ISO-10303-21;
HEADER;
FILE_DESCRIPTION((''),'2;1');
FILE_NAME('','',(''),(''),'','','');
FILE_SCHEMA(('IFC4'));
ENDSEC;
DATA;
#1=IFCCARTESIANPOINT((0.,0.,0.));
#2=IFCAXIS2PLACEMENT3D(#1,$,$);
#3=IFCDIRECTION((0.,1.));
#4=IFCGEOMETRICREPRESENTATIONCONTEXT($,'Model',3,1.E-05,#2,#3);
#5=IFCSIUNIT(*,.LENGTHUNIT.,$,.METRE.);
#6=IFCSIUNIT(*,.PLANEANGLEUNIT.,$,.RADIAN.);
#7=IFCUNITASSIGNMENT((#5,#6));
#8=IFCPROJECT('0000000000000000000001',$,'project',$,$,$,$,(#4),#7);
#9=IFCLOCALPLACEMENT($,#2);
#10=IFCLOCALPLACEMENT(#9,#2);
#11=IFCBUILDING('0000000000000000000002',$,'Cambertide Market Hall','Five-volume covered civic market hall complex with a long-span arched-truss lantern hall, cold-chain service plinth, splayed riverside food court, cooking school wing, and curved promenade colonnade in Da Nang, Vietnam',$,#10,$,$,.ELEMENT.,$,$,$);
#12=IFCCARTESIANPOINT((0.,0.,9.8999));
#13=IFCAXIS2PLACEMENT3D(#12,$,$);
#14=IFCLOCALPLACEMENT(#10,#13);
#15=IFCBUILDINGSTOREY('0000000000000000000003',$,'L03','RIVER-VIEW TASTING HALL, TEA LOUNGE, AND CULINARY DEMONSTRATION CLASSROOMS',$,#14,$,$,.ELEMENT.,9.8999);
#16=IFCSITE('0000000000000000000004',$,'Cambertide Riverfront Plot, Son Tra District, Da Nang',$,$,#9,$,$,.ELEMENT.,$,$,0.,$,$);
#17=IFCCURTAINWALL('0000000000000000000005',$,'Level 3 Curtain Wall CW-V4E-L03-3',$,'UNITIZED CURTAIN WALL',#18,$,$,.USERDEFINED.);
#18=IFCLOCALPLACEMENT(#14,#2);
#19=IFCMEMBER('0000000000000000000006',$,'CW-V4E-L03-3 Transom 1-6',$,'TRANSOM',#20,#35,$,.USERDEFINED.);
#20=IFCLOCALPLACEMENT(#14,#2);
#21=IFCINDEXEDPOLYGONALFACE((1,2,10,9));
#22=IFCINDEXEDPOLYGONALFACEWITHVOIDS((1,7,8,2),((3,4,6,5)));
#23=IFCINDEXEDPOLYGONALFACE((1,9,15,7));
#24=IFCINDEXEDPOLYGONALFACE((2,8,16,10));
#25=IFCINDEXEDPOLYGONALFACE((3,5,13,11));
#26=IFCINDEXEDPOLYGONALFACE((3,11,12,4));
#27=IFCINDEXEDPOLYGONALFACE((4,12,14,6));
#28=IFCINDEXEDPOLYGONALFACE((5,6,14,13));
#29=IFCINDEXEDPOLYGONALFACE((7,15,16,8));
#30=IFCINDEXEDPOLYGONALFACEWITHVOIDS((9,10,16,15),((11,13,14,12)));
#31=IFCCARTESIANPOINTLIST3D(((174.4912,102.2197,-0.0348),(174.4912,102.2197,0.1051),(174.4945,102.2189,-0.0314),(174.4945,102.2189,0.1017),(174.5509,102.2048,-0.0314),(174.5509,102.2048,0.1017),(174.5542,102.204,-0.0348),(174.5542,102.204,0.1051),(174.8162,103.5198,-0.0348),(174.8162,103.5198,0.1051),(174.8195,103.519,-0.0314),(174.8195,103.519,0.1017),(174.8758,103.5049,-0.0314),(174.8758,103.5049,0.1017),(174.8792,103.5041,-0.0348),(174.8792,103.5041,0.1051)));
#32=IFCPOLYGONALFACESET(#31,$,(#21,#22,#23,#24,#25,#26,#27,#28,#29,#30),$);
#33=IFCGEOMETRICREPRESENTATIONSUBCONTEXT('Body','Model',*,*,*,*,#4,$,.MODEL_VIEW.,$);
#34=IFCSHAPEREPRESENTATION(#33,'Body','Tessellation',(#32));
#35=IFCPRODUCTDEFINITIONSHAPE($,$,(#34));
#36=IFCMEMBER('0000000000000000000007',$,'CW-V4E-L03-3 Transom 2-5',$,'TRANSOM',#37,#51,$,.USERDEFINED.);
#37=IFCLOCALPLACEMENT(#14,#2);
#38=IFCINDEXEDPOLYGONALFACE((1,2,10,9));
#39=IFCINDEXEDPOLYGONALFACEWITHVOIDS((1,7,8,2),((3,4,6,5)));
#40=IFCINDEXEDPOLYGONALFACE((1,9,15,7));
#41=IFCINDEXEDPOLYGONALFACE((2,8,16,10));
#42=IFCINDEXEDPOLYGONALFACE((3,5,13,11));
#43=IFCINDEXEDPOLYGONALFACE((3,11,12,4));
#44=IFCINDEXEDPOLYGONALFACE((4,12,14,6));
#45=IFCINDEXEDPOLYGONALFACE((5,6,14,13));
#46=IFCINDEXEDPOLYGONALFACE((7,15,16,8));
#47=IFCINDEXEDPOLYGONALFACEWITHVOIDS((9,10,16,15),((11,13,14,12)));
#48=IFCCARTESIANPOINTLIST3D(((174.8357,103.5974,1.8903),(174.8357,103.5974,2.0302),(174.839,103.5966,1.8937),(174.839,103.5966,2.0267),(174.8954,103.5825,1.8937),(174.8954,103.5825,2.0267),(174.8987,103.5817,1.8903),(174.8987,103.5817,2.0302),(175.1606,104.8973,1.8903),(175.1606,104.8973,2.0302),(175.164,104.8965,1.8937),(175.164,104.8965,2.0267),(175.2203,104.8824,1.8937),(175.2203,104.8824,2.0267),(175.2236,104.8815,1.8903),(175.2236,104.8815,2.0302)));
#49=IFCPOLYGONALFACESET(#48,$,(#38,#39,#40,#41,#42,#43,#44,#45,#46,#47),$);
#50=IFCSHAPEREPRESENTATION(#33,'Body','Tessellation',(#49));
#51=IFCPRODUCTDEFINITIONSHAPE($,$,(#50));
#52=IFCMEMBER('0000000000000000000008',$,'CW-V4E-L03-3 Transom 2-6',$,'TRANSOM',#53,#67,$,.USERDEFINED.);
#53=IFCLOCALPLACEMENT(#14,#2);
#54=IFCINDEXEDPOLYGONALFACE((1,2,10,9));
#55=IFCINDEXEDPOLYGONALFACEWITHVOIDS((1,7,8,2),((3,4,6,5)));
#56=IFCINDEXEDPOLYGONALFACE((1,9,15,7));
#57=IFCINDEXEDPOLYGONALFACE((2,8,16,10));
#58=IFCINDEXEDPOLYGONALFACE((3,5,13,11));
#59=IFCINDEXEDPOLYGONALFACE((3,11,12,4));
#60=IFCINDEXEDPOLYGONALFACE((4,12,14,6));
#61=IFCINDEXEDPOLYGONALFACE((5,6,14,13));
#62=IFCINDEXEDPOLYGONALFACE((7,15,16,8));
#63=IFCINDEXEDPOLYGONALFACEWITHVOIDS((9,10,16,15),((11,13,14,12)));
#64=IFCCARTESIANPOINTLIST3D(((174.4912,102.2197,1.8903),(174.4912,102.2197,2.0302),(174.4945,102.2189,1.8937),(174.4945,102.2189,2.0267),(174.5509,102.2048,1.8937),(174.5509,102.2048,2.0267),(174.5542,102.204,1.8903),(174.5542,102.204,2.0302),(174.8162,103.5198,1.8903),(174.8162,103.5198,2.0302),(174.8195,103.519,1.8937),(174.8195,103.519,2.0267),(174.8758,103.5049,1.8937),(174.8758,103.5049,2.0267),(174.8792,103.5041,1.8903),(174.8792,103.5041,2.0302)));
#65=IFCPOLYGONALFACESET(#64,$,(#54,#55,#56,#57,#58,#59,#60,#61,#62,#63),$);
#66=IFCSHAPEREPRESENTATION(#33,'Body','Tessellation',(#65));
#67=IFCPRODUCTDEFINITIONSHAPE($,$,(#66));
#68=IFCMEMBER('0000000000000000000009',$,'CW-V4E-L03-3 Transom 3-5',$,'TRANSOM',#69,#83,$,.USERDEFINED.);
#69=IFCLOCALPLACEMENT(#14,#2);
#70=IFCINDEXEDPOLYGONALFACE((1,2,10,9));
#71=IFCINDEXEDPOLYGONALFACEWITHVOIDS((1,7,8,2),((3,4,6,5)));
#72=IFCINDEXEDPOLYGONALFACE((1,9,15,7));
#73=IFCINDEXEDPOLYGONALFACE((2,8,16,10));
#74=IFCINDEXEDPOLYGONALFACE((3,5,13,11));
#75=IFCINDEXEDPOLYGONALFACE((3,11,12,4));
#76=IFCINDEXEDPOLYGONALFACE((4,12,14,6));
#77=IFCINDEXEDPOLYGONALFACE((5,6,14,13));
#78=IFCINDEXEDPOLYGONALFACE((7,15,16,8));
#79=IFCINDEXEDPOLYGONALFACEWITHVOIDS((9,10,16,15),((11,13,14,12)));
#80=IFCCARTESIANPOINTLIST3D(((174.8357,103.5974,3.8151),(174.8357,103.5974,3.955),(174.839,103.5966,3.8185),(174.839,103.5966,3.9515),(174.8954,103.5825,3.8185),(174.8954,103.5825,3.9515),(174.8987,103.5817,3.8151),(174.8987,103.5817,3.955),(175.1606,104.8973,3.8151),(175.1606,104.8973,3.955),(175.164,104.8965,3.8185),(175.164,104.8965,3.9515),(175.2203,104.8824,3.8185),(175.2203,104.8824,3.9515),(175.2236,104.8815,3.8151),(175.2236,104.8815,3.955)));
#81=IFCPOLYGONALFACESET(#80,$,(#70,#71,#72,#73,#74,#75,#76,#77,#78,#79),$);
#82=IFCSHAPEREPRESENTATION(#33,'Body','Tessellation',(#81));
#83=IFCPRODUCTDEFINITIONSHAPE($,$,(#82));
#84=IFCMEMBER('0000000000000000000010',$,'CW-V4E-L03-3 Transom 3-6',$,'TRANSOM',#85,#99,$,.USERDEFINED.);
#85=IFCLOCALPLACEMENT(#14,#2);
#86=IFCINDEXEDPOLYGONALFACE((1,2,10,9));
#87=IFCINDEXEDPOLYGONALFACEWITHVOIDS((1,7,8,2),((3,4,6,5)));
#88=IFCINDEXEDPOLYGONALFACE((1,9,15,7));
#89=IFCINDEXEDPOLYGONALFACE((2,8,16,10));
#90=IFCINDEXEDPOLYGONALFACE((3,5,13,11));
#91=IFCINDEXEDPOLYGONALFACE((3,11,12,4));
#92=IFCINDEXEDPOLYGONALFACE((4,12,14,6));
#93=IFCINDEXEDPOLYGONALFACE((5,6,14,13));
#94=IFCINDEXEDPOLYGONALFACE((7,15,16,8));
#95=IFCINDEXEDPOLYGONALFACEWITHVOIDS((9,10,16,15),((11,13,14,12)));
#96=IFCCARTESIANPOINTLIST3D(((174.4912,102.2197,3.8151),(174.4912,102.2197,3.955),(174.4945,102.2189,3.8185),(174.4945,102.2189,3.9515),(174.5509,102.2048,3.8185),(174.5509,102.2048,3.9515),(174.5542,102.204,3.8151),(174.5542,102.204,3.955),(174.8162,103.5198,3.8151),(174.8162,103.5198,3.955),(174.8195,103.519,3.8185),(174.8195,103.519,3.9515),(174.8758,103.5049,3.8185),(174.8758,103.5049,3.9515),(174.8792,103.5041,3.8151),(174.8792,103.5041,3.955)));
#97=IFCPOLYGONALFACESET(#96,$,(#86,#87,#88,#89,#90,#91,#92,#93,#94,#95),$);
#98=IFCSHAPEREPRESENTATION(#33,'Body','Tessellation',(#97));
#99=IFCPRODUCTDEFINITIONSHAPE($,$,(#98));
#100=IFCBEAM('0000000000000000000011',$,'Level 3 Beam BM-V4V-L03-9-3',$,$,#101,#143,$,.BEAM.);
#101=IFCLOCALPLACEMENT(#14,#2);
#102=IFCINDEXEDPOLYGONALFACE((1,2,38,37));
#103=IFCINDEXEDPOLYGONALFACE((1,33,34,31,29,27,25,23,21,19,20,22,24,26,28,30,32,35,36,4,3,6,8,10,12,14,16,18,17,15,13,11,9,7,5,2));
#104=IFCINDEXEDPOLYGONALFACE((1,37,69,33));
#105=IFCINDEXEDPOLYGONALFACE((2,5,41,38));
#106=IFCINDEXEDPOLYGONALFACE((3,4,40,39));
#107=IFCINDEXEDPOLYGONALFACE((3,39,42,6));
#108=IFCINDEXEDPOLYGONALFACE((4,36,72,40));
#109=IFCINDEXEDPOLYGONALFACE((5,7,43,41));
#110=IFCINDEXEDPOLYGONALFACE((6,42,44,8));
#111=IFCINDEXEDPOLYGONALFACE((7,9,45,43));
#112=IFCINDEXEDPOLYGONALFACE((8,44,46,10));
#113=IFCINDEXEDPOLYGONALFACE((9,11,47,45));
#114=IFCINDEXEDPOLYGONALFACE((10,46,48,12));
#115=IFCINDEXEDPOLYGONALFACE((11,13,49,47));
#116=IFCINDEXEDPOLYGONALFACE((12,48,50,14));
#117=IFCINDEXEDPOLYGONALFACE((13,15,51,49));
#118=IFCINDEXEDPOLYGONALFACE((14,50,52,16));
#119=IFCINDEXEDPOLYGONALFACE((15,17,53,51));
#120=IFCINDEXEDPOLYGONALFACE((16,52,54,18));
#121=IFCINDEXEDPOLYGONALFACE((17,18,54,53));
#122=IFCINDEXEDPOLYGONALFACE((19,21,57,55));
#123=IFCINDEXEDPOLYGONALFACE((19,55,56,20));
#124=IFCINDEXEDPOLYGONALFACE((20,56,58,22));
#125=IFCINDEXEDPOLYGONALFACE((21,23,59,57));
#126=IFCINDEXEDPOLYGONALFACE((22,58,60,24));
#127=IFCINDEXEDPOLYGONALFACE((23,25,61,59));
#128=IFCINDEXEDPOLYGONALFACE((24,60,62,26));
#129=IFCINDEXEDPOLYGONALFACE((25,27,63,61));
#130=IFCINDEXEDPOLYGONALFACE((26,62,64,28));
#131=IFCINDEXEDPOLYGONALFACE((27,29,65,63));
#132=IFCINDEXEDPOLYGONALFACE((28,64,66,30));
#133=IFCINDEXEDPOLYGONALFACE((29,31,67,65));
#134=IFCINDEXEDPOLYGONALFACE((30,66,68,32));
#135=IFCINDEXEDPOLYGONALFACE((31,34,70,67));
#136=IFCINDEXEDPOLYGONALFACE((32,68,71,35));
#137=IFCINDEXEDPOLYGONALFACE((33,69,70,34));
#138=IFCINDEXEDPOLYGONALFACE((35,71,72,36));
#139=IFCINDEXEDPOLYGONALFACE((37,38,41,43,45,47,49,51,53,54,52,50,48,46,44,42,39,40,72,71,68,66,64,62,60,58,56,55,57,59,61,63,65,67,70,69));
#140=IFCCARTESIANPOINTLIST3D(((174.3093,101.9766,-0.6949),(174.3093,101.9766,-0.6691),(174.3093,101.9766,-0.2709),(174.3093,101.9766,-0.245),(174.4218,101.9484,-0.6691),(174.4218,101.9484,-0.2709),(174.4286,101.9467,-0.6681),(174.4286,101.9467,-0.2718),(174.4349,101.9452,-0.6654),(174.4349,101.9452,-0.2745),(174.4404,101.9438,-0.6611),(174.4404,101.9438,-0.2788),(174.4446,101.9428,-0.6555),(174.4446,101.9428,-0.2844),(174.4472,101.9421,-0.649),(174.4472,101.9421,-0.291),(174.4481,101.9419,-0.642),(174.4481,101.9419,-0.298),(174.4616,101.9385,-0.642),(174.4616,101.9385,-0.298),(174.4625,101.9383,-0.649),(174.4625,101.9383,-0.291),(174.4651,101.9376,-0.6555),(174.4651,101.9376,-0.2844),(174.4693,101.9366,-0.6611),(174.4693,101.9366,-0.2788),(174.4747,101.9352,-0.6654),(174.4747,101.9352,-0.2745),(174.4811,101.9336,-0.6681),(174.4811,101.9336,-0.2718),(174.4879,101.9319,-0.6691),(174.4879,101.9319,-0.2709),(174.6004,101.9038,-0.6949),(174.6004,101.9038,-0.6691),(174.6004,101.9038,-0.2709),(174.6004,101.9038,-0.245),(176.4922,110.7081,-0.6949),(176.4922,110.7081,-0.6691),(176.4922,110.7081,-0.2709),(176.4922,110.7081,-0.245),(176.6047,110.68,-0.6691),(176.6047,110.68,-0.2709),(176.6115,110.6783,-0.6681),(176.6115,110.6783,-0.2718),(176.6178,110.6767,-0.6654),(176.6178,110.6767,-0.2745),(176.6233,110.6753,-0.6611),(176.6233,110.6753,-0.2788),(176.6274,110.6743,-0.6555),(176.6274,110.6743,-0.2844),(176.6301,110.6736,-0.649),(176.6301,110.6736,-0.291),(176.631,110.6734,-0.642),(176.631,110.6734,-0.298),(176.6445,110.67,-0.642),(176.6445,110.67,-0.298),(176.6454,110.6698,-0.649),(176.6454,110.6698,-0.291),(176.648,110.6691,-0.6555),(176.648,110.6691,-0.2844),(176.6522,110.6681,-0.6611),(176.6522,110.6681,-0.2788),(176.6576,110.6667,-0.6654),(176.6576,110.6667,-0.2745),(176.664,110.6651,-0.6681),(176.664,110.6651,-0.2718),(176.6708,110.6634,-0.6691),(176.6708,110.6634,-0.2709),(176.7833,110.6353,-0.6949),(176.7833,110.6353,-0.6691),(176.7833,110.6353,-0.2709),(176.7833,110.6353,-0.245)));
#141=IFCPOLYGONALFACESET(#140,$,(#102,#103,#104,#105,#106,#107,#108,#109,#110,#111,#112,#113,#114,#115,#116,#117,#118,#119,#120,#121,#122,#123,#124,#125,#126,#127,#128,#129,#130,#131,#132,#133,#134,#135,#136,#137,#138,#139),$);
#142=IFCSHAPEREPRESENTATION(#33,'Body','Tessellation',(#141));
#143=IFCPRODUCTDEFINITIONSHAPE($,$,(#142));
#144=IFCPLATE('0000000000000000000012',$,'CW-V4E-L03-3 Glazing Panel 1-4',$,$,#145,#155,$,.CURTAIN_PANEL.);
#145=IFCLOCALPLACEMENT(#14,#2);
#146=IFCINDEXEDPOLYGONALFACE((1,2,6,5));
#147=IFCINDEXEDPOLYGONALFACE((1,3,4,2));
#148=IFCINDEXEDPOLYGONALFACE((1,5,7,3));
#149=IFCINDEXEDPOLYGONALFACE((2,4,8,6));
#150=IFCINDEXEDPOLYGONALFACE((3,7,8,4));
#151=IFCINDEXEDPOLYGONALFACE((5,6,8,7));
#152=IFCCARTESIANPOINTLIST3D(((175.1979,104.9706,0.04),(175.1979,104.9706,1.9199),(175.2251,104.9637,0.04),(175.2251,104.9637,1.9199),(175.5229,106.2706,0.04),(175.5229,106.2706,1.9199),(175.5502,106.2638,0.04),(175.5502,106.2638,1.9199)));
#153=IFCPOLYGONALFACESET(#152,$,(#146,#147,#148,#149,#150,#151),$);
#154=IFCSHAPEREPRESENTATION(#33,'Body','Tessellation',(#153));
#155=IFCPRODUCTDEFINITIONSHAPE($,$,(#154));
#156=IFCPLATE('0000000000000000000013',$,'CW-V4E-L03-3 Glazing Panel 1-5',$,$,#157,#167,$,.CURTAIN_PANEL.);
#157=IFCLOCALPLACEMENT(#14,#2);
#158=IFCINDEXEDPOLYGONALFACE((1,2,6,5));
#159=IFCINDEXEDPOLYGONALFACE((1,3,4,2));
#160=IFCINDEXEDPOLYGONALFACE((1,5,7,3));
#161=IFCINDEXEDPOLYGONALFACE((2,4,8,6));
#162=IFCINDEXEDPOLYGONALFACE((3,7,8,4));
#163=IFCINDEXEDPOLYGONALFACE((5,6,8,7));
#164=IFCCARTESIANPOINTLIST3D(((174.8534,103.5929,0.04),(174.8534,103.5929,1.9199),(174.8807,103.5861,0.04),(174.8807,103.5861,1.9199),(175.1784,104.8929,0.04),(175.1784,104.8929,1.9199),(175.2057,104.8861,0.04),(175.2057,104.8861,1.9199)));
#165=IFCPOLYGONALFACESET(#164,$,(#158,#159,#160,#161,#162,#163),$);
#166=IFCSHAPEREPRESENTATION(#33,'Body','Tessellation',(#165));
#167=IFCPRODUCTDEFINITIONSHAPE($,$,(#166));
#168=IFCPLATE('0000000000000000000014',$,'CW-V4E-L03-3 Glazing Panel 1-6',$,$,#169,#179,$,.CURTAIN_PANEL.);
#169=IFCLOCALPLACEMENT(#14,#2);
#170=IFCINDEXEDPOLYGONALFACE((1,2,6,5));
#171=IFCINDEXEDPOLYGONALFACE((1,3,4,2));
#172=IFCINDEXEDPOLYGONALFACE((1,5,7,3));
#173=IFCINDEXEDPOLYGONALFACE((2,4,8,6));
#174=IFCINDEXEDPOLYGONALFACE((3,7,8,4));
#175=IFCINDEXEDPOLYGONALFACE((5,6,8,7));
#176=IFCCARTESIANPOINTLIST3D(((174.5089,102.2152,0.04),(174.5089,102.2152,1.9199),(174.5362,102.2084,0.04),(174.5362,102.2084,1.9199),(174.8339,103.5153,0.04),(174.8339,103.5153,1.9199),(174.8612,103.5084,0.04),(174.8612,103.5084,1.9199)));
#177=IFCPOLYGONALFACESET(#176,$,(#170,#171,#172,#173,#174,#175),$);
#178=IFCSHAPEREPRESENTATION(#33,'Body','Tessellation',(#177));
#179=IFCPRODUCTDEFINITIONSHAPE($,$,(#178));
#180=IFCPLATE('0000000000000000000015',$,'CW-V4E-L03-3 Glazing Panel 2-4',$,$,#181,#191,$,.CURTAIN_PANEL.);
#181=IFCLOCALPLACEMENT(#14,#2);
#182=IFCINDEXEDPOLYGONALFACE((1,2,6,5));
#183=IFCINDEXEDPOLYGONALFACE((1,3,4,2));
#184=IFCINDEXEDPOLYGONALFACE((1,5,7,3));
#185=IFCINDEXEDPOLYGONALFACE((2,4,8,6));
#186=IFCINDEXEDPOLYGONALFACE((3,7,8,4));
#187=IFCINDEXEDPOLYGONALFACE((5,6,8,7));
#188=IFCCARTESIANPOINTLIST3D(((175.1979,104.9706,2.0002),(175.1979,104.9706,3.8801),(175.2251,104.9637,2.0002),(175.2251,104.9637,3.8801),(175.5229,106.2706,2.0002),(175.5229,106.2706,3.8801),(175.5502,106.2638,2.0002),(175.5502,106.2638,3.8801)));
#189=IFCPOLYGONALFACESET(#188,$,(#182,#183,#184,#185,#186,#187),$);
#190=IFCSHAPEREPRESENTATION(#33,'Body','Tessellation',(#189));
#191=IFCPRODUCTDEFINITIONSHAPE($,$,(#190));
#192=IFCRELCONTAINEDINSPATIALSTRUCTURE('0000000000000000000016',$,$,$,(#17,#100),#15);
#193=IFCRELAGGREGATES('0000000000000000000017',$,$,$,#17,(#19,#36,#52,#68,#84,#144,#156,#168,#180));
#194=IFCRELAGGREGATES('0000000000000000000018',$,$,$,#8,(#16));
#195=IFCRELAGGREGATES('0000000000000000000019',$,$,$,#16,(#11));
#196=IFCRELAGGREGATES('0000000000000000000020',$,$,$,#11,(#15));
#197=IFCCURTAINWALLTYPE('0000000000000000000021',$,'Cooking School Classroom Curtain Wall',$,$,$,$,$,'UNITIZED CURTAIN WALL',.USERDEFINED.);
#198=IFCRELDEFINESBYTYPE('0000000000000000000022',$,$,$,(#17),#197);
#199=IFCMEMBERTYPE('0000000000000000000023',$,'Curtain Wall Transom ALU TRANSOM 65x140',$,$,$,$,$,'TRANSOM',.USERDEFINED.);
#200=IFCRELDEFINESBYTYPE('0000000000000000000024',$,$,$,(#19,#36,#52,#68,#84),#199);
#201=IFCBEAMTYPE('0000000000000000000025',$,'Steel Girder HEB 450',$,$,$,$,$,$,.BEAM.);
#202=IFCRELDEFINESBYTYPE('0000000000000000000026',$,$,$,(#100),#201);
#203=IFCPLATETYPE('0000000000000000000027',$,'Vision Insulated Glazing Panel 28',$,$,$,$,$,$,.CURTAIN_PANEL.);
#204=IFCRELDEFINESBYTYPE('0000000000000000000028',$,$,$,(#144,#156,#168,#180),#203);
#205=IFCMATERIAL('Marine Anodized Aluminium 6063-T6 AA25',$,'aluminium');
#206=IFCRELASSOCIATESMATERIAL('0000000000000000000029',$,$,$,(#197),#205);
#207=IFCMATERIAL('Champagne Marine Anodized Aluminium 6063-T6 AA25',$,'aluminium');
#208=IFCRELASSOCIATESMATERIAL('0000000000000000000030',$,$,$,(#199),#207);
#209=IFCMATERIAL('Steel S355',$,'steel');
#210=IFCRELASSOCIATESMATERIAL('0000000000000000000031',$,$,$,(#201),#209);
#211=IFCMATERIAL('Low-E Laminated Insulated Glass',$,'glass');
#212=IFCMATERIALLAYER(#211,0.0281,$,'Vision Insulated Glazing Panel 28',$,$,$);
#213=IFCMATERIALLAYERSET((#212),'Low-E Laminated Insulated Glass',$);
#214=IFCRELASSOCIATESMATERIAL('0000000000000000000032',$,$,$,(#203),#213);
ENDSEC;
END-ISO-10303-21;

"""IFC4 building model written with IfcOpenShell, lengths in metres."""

from ifc_helpers import new_model, si_unit, direction, frame, origin, origin_2d, place, context, subcontext, project, spatial, rectangle, hollow_rectangle, i_section, extrude, material, layer, layer_set, material_profile, profile_set, type_object, element, aggregate, save


model = new_model("IFC4")

# Units and contexts
model_context = context("Model", 3, precision=1e-05, world=origin(), true_north=direction((0.0, 1.0)))
body_context = subcontext(model_context, "Body", "Model", "MODEL_VIEW")
ifc_project = project(units=[si_unit("LENGTHUNIT", "METRE"), si_unit("PLANEANGLEUNIT", "RADIAN")], contexts=[model_context])

# Site, building, storey
site_placement = place(None, origin())
site = spatial("IfcSite", under=ifc_project, at=site_placement, Name="Cambertide Riverfront Plot, Son Tra District, Da Nang", CompositionType="ELEMENT", RefElevation=0.0)
building_placement = place(site_placement, origin())
building = spatial("IfcBuilding", under=site, at=building_placement, Name="Cambertide Market Hall", Description="Five-volume covered civic market hall complex with a long-span arched-truss lantern hall, cold-chain service plinth, splayed riverside food court, cooking school wing, and curved promenade colonnade in Da Nang, Vietnam", CompositionType="ELEMENT")
storey_placement = place(building_placement, frame((0.0, 0.0, 9.8999)))
storey = spatial("IfcBuildingStorey", under=building, at=storey_placement, Name="L03", Description="RIVER-VIEW TASTING HALL, TEA LOUNGE, AND CULINARY DEMONSTRATION CLASSROOMS", CompositionType="ELEMENT", Elevation=9.8999)

# Shared definitions
ifc_material_1 = material(Name="Marine Anodized Aluminium 6063-T6 AA25", Category="aluminium")
curtain_wall_type = type_object("IfcCurtainWallType", Name="Cooking School Classroom Curtain Wall", ElementType="UNITIZED CURTAIN WALL", PredefinedType="USERDEFINED", material=ifc_material_1)

# Curtain wall
curtain_wall_1_placement = place(storey_placement, origin())
curtain_wall_1 = element("IfcCurtainWall", 1, at=curtain_wall_1_placement, inside=storey, type_object=curtain_wall_type, Name="Level 3 Curtain Wall CW-V4E-L03-3", ObjectType="UNITIZED CURTAIN WALL", PredefinedType="USERDEFINED")

# Members
ifc_material_2 = material(Name="Champagne Marine Anodized Aluminium 6063-T6 AA25", Category="aluminium")
ifc_material_profile_1 = material_profile(ifc_material_2, hollow_rectangle(XDim=0.0649, YDim=0.1399, WallThickness=0.0034, at=origin_2d()), Name="ALU TRANSOM 65x140")
ifc_profile_set_1 = profile_set([ifc_material_profile_1], Name="Champagne Marine Anodized Aluminium 6063-T6 AA25")
member_type_1 = type_object("IfcMemberType", Name="Curtain Wall Transom ALU TRANSOM 65x140", ElementType="TRANSOM", PredefinedType="USERDEFINED", material=ifc_profile_set_1)
member_1_placement = place(storey_placement, frame((174.8477, 103.512, 0.0352), z_axis=(-0.242493, -0.970153, 0.0), x_axis=(0.970153, -0.242493, 0.0)))
member_1 = element("IfcMember", 2, at=member_1_placement, type_object=member_type_1, Name="CW-V4E-L03-3 Transom 1-6", ObjectType="TRANSOM", PredefinedType="USERDEFINED", context=body_context, shape_type="SweptSolid", body=[
    extrude(hollow_rectangle(XDim=0.0649, YDim=0.1399, WallThickness=0.0034, at=origin_2d()), origin(), (0.0, 0.0, 1.0), 1.3401),
])
member_2_placement = place(storey_placement, frame((175.1921, 104.8894, 1.9602), z_axis=(-0.242536, -0.970143, 0.0), x_axis=(0.970143, -0.242536, 0.0)))
member_2 = element("IfcMember", 3, at=member_2_placement, type_object=member_type_1, Name="CW-V4E-L03-3 Transom 2-5", ObjectType="TRANSOM", PredefinedType="USERDEFINED", context=body_context, shape_type="SweptSolid", body=[
    extrude(hollow_rectangle(XDim=0.0649, YDim=0.1399, WallThickness=0.0034, at=origin_2d()), origin(), (0.0, 0.0, 1.0), 1.3398),
])
member_3_placement = place(storey_placement, frame((174.8477, 103.512, 1.9602), z_axis=(-0.242493, -0.970153, 0.0), x_axis=(0.970153, -0.242493, 0.0)))
member_3 = element("IfcMember", 4, at=member_3_placement, type_object=member_type_1, Name="CW-V4E-L03-3 Transom 2-6", ObjectType="TRANSOM", PredefinedType="USERDEFINED", context=body_context, shape_type="SweptSolid", body=[
    extrude(hollow_rectangle(XDim=0.0649, YDim=0.1399, WallThickness=0.0034, at=origin_2d()), origin(), (0.0, 0.0, 1.0), 1.3401),
])
member_4_placement = place(storey_placement, frame((175.1921, 104.8894, 3.885), z_axis=(-0.242536, -0.970143, 0.0), x_axis=(0.970143, -0.242536, 0.0)))
member_4 = element("IfcMember", 5, at=member_4_placement, type_object=member_type_1, Name="CW-V4E-L03-3 Transom 3-5", ObjectType="TRANSOM", PredefinedType="USERDEFINED", context=body_context, shape_type="SweptSolid", body=[
    extrude(hollow_rectangle(XDim=0.0649, YDim=0.1399, WallThickness=0.0034, at=origin_2d()), origin(), (0.0, 0.0, 1.0), 1.3398),
])
member_5_placement = place(storey_placement, frame((174.8477, 103.512, 3.885), z_axis=(-0.242493, -0.970153, 0.0), x_axis=(0.970153, -0.242493, 0.0)))
member_5 = element("IfcMember", 6, at=member_5_placement, type_object=member_type_1, Name="CW-V4E-L03-3 Transom 3-6", ObjectType="TRANSOM", PredefinedType="USERDEFINED", context=body_context, shape_type="SweptSolid", body=[
    extrude(hollow_rectangle(XDim=0.0649, YDim=0.1399, WallThickness=0.0034, at=origin_2d()), origin(), (0.0, 0.0, 1.0), 1.3401),
])

# Beam
ifc_material_3 = material(Name="Steel S355", Category="steel")
ifc_material_profile_2 = material_profile(ifc_material_3, i_section(OverallWidth=0.3, OverallDepth=0.45, WebThickness=0.0139, FlangeThickness=0.0259, FilletRadius=0.0271, at=origin_2d()), Name="HEB 450")
ifc_profile_set_2 = profile_set([ifc_material_profile_2], Name="Steel S355")
beam_type = type_object("IfcBeamType", Name="Steel Girder HEB 450", PredefinedType="BEAM", material=ifc_profile_set_2)
beam_placement = place(storey_placement, frame((174.4548, 101.9402, -0.47), z_axis=(0.242536, 0.970143, 0.0), x_axis=(-0.970143, 0.242536, 0.0)))
element("IfcBeam", 7, at=beam_placement, inside=storey, type_object=beam_type, Name="Level 3 Beam BM-V4V-L03-9-3", PredefinedType="BEAM", context=body_context, shape_type="SweptSolid", body=[
    extrude(i_section(OverallWidth=0.3, OverallDepth=0.45, WebThickness=0.0139, FlangeThickness=0.0259, FilletRadius=0.0271, at=origin_2d()), origin(), (0.0, 0.0, 1.0), 9.0002),
])

# Plates
ifc_material_4 = material(Name="Low-E Laminated Insulated Glass", Category="glass")
ifc_layer = layer(ifc_material_4, 0.0281, Name="Vision Insulated Glazing Panel 28")
ifc_layer_set = layer_set([ifc_layer], Name="Low-E Laminated Insulated Glass")
plate_type = type_object("IfcPlateType", Name="Vision Insulated Glazing Panel 28", PredefinedType="CURTAIN_PANEL", material=ifc_layer_set)
plate_1_placement = place(storey_placement, frame((175.374, 105.6172, 0.04), z_axis=(0.0, 0.0, 1.0), x_axis=(-0.242536, -0.970143, 0.0)))
plate_1 = element("IfcPlate", 8, at=plate_1_placement, type_object=plate_type, Name="CW-V4E-L03-3 Glazing Panel 1-4", PredefinedType="CURTAIN_PANEL", context=body_context, shape_type="SweptSolid", body=[
    extrude(rectangle(XDim=1.3401, YDim=0.0281, at=origin_2d()), origin(), (0.0, 0.0, 1.0), 1.8799),
])
plate_2_placement = place(storey_placement, frame((175.0295, 104.2395, 0.04), z_axis=(0.0, 0.0, 1.0), x_axis=(-0.242536, -0.970143, 0.0)))
plate_2 = element("IfcPlate", 9, at=plate_2_placement, type_object=plate_type, Name="CW-V4E-L03-3 Glazing Panel 1-5", PredefinedType="CURTAIN_PANEL", context=body_context, shape_type="SweptSolid", body=[
    extrude(rectangle(XDim=1.3401, YDim=0.0281, at=origin_2d()), origin(), (0.0, 0.0, 1.0), 1.8799),
])
plate_3_placement = place(storey_placement, frame((174.6851, 102.8618, 0.04), z_axis=(0.0, 0.0, 1.0), x_axis=(-0.242536, -0.970143, 0.0)))
plate_3 = element("IfcPlate", 10, at=plate_3_placement, type_object=plate_type, Name="CW-V4E-L03-3 Glazing Panel 1-6", PredefinedType="CURTAIN_PANEL", context=body_context, shape_type="SweptSolid", body=[
    extrude(rectangle(XDim=1.3401, YDim=0.0281, at=origin_2d()), origin(), (0.0, 0.0, 1.0), 1.8799),
])
plate_4_placement = place(storey_placement, frame((175.374, 105.6172, 2.0002), z_axis=(0.0, 0.0, 1.0), x_axis=(-0.242536, -0.970143, 0.0)))
plate_4 = element("IfcPlate", 11, at=plate_4_placement, type_object=plate_type, Name="CW-V4E-L03-3 Glazing Panel 2-4", PredefinedType="CURTAIN_PANEL", context=body_context, shape_type="SweptSolid", body=[
    extrude(rectangle(XDim=1.3401, YDim=0.0281, at=origin_2d()), origin(), (0.0, 0.0, 1.0), 1.8799),
])
aggregate(curtain_wall_1, [member_1, member_2, member_3, member_4, member_5, plate_1, plate_2, plate_3, plate_4])

save(model, "model.ifc")
